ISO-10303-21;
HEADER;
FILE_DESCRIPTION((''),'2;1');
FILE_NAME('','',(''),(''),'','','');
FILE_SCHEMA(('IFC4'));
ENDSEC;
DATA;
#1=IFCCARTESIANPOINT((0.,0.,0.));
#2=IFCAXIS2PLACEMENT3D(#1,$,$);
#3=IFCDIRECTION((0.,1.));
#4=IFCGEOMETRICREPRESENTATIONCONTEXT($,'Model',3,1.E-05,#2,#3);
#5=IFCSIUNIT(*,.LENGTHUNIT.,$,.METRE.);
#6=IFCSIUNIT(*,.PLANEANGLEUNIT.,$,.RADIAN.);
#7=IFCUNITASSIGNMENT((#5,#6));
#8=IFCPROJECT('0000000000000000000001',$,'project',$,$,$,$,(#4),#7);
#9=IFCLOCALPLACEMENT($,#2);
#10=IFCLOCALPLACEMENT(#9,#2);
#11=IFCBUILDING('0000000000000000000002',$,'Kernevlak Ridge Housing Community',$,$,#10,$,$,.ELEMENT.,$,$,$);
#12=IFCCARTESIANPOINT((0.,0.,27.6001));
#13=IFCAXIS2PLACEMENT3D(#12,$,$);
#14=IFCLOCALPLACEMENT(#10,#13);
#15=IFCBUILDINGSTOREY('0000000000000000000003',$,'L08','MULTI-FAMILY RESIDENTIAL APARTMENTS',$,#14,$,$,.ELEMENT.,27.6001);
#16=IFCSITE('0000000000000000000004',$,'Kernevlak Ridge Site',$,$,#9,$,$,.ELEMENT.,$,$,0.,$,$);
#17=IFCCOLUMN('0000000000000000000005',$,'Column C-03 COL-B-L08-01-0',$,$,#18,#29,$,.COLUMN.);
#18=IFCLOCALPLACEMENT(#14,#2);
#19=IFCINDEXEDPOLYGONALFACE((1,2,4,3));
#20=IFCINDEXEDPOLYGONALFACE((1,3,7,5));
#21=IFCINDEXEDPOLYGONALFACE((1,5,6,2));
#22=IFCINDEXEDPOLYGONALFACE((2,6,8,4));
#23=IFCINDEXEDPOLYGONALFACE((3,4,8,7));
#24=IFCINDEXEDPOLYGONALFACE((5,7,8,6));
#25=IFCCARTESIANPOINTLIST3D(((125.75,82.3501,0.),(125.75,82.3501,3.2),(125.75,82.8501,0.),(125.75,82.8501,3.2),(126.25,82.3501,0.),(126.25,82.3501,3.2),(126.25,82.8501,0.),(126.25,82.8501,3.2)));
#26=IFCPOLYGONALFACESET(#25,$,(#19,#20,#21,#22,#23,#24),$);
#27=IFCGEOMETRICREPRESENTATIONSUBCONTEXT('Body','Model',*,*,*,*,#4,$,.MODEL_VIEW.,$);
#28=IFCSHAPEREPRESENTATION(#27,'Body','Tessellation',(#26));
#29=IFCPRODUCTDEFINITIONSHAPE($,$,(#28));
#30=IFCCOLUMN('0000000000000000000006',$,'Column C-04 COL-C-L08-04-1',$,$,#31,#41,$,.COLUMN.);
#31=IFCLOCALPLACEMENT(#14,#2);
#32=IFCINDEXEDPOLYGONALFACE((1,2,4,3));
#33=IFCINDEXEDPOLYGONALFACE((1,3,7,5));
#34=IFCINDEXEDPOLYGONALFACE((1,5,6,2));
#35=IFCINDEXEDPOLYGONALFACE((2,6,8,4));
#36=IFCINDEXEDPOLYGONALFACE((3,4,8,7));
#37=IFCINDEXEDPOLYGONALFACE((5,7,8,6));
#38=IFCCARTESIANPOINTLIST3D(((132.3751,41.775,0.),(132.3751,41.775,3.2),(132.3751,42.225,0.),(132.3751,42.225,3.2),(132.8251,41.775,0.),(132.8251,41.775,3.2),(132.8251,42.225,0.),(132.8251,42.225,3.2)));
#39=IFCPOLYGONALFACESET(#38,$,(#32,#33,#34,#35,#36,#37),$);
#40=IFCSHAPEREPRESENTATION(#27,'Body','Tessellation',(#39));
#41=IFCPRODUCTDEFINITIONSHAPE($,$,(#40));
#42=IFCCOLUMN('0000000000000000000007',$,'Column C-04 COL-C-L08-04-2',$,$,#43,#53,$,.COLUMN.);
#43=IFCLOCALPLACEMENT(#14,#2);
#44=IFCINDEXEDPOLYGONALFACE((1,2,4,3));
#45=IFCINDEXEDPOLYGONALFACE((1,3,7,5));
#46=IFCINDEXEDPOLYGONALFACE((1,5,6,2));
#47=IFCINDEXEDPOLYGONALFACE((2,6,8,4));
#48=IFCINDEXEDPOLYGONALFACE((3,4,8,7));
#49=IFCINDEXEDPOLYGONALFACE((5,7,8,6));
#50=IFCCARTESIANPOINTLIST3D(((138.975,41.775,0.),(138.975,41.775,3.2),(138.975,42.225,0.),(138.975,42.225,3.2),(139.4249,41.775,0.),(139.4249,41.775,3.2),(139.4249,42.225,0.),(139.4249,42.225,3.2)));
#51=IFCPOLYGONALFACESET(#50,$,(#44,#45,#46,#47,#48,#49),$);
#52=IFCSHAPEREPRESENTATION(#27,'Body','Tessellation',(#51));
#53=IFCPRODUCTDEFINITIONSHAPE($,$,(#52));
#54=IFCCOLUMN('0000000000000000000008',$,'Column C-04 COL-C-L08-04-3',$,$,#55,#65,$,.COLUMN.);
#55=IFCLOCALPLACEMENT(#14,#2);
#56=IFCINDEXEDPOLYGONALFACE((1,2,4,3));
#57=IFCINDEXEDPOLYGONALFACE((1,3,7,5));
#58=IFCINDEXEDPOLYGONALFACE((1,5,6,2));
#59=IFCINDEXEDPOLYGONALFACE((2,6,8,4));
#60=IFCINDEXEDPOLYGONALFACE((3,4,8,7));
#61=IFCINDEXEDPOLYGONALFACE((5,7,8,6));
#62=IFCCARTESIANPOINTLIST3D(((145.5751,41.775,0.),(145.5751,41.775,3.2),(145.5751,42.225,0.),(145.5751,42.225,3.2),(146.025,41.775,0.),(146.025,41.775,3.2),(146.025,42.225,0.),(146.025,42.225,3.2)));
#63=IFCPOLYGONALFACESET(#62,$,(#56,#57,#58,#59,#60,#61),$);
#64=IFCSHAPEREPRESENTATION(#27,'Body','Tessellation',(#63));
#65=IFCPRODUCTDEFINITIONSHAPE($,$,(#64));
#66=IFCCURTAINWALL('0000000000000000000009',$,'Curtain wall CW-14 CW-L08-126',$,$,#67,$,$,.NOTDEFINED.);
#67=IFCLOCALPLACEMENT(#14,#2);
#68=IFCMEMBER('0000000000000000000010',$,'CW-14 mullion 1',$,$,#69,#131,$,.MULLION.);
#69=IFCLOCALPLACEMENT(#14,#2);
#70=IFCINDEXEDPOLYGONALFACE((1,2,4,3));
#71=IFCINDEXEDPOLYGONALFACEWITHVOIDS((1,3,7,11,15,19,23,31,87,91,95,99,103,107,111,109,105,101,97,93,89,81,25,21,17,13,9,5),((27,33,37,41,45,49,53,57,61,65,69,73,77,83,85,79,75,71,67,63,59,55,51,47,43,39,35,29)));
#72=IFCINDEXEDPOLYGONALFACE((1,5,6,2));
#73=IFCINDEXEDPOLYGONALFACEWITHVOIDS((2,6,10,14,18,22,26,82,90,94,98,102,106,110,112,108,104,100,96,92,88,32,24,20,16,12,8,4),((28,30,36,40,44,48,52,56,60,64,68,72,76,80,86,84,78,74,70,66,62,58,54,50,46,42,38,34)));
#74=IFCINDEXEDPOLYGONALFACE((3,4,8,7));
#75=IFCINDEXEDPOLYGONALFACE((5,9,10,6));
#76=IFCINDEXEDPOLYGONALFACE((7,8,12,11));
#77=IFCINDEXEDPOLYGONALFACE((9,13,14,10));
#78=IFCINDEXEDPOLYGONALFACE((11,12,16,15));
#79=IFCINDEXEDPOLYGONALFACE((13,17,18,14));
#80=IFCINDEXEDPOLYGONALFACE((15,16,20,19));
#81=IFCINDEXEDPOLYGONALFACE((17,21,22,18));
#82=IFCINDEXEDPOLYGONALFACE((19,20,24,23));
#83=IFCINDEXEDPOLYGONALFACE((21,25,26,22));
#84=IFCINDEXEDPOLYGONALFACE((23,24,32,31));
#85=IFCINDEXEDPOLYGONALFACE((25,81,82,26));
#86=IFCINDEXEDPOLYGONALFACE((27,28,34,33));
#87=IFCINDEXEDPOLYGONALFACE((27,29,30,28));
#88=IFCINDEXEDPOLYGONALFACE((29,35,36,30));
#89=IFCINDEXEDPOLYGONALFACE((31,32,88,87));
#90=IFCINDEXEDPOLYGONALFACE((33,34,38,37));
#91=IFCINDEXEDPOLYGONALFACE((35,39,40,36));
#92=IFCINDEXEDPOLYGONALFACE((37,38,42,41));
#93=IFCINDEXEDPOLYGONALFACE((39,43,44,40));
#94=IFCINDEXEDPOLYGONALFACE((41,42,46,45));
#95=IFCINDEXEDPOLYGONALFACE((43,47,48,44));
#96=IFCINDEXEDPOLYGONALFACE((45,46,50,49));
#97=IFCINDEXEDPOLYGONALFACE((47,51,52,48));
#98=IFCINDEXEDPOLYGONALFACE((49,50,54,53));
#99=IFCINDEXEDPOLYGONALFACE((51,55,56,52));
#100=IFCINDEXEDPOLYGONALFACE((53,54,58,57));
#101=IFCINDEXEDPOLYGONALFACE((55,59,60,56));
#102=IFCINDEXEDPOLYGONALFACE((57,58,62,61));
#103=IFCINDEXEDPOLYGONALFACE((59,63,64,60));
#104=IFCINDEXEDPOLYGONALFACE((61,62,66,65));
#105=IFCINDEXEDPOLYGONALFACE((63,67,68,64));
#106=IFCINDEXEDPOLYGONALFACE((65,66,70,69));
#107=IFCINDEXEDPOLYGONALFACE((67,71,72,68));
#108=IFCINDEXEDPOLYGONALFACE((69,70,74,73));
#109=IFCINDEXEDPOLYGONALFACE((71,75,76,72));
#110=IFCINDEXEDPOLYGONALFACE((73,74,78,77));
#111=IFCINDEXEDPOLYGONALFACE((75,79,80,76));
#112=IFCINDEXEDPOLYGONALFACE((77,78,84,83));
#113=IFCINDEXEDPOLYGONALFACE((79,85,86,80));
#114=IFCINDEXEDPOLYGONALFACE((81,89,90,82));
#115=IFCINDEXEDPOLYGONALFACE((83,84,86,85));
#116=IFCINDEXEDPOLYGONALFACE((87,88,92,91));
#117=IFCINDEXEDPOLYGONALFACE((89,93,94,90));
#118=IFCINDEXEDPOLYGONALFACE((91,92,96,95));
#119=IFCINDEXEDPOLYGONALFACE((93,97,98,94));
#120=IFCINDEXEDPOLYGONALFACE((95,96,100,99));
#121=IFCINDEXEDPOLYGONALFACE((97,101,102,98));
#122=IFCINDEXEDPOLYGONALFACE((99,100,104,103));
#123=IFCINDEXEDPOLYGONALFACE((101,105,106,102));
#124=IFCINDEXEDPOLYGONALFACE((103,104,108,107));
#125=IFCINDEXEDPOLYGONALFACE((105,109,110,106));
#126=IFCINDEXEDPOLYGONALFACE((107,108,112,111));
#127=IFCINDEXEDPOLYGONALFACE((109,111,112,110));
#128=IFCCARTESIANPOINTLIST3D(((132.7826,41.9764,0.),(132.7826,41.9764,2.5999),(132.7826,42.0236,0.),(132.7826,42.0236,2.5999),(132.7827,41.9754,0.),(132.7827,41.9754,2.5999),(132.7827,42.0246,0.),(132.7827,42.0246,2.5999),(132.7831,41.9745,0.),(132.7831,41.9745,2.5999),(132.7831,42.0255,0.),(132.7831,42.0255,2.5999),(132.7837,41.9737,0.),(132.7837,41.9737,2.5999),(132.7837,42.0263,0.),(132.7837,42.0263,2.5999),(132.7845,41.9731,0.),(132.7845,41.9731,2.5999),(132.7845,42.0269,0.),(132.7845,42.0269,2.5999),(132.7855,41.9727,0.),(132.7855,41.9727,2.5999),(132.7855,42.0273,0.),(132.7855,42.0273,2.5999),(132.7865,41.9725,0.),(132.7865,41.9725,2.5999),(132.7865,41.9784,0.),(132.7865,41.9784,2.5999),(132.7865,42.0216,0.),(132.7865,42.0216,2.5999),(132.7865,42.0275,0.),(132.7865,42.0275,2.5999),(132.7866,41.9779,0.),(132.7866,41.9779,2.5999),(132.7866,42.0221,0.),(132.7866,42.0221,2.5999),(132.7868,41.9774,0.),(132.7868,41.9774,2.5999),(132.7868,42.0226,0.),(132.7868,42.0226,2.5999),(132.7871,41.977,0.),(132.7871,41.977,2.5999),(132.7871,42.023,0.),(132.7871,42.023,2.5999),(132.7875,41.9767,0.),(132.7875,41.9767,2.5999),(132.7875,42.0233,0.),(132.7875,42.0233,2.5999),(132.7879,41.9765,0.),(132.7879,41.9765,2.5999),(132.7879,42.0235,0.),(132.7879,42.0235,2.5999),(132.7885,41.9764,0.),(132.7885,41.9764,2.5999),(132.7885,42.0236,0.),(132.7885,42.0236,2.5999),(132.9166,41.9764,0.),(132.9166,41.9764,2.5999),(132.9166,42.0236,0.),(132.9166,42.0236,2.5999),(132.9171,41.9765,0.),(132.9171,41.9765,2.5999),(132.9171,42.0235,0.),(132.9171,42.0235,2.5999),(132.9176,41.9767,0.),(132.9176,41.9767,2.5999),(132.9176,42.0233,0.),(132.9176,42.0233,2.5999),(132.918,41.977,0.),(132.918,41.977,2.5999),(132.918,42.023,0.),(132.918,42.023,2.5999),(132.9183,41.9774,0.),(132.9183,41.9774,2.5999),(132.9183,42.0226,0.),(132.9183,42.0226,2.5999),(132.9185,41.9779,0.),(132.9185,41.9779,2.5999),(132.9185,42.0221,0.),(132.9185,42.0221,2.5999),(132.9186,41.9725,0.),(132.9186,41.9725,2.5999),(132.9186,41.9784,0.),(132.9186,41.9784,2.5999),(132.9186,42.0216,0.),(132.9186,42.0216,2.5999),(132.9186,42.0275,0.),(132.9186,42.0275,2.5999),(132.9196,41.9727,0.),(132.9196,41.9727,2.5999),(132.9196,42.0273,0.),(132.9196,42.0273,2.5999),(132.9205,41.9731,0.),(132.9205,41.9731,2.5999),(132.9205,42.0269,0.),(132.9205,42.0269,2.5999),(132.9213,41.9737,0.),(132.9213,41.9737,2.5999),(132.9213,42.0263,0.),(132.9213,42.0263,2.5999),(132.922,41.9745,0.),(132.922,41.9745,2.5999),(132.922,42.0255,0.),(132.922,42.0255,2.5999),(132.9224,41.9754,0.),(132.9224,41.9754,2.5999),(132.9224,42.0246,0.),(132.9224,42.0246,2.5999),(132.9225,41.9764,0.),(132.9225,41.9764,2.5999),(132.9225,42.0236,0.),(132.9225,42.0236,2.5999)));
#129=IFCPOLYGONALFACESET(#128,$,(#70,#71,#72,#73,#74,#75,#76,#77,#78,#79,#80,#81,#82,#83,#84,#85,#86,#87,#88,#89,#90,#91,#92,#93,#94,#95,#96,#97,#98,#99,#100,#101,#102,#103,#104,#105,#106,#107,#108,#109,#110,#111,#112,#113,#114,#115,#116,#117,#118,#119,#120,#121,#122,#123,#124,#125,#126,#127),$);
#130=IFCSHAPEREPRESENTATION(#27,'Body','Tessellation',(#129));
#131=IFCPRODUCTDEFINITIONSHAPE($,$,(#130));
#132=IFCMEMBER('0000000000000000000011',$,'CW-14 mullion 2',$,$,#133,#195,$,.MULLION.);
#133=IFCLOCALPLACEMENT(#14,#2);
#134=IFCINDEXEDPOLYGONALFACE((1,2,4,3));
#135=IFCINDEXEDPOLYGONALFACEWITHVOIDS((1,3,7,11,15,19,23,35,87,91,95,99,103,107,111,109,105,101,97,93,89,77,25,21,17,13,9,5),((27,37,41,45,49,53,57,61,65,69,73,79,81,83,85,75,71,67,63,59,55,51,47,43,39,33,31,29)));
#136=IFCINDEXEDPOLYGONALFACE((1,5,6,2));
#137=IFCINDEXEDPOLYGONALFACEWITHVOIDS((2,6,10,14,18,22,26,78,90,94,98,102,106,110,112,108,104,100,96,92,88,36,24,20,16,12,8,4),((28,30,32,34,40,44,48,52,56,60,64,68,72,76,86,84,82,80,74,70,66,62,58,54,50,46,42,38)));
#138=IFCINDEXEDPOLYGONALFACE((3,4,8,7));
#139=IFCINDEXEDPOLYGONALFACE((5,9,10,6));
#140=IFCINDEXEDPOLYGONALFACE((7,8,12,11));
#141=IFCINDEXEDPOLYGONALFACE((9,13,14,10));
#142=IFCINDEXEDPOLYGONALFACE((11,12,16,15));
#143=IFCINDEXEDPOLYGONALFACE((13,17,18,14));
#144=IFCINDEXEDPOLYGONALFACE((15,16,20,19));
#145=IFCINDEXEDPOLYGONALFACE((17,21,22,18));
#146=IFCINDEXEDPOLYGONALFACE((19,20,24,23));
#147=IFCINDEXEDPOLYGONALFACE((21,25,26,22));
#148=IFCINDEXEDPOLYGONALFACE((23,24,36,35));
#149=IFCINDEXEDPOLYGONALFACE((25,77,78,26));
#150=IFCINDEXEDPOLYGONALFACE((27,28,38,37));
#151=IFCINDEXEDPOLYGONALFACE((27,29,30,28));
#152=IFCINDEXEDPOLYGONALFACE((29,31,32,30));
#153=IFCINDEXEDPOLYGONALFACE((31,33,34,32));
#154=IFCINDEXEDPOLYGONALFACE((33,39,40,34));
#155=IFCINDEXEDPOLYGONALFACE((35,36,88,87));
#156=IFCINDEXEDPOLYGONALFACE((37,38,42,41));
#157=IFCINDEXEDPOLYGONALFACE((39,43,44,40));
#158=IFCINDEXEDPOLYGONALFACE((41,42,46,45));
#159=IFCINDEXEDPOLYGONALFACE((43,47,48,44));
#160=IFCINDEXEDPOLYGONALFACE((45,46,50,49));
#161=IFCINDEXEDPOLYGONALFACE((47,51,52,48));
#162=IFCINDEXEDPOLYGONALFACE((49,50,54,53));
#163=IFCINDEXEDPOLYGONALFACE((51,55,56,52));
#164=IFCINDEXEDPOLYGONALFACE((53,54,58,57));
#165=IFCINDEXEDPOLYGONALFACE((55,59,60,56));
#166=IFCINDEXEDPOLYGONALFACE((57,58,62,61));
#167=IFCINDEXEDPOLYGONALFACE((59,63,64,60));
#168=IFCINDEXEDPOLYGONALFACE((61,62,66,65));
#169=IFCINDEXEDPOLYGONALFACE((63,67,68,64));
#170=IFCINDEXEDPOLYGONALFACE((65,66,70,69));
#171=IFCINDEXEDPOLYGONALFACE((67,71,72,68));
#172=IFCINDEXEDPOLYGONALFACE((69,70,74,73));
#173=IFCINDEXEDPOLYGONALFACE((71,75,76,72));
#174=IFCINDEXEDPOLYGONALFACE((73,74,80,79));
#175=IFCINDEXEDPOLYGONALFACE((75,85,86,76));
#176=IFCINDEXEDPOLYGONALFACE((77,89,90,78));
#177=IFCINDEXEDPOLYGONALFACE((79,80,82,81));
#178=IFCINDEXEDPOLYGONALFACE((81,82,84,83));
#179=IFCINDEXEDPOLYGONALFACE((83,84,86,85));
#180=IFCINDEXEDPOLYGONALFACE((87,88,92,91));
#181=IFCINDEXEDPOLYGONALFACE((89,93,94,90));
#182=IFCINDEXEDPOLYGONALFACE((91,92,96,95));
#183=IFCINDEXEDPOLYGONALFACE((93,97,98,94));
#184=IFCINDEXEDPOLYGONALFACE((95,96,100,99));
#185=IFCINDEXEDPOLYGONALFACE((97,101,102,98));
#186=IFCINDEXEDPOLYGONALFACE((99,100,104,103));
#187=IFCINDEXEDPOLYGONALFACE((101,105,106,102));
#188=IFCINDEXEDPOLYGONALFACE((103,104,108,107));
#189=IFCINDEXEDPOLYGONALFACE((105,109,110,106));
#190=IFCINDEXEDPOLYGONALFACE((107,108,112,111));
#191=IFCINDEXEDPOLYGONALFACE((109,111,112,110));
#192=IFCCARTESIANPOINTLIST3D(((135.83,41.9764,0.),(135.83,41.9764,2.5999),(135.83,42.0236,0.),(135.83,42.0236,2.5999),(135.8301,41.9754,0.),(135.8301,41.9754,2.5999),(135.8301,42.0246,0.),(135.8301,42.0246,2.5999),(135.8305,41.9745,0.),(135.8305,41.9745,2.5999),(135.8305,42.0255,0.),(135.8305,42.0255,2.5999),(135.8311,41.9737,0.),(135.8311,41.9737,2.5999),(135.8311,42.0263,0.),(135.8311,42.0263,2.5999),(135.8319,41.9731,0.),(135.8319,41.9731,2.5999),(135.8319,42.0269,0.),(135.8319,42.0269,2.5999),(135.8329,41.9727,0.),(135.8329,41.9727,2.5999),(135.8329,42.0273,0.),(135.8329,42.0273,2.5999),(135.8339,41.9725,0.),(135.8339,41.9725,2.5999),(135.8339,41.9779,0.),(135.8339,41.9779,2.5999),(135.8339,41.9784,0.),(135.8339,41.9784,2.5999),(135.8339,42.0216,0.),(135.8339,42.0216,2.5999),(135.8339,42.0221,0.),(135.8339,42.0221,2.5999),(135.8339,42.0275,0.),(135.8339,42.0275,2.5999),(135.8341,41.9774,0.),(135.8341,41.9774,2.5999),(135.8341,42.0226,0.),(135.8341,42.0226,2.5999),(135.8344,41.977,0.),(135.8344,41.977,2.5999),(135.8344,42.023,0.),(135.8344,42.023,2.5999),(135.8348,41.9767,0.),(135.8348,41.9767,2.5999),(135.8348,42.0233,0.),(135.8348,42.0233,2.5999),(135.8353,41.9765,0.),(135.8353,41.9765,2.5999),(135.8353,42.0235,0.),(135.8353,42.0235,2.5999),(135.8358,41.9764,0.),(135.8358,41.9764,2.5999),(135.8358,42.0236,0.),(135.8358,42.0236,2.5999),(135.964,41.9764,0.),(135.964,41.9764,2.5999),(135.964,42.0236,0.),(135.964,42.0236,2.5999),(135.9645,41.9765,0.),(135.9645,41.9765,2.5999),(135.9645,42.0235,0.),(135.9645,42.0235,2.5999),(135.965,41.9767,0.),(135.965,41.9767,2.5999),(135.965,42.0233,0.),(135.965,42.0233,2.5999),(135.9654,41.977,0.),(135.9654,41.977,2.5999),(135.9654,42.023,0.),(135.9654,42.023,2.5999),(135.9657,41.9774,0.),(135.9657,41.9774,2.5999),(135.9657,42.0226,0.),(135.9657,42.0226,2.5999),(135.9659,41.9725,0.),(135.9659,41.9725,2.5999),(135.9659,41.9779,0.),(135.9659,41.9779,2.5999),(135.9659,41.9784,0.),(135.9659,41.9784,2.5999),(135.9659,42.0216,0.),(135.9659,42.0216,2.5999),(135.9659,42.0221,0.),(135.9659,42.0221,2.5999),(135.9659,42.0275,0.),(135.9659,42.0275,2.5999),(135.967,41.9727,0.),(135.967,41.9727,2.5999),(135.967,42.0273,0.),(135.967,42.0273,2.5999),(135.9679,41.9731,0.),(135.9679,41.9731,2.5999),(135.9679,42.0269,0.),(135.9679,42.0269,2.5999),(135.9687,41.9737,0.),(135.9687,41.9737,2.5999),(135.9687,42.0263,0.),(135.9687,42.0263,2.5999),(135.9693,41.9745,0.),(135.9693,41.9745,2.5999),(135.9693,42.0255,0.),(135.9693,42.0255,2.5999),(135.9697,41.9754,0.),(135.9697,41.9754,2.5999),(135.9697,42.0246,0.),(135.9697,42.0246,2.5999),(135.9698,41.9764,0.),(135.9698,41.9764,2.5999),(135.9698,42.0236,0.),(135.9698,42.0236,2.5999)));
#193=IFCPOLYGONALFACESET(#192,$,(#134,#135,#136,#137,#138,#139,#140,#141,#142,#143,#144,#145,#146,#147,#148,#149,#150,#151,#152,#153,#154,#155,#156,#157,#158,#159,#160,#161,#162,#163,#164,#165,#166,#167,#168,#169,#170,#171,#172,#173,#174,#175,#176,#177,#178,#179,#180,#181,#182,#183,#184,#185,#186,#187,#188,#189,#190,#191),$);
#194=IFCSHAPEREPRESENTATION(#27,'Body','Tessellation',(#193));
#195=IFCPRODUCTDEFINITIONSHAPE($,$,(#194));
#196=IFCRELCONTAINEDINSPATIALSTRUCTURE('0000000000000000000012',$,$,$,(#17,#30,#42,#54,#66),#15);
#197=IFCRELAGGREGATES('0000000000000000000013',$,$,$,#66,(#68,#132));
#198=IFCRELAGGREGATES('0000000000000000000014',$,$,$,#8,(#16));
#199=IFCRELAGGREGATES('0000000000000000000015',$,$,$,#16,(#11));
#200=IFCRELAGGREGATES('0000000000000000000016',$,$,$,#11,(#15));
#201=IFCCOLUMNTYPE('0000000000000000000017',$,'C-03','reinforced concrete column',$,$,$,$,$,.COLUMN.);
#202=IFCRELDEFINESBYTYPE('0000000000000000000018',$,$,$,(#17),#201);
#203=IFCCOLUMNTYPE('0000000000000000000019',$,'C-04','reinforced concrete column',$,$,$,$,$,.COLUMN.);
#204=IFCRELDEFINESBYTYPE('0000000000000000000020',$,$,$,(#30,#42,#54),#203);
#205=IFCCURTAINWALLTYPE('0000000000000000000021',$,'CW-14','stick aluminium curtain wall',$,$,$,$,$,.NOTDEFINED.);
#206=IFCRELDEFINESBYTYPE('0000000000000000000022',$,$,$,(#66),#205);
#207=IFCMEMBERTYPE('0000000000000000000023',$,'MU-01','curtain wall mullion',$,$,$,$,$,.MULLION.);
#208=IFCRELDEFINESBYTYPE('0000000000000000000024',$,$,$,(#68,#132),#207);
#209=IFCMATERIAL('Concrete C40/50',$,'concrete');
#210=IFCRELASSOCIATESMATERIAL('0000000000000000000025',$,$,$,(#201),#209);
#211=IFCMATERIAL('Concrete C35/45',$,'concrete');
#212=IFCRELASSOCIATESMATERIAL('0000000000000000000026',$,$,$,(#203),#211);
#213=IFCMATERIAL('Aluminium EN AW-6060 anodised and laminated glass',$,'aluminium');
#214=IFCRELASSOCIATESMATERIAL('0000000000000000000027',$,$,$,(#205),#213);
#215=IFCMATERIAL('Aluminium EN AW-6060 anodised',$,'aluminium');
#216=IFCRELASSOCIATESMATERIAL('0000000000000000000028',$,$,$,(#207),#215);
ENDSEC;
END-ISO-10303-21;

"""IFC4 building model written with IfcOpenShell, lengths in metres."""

from ifc_helpers import new_model, si_unit, direction, frame, origin, origin_2d, place, context, subcontext, project, spatial, rectangle, hollow_rectangle, extrude, material, material_profile, profile_set, type_object, element, aggregate, save


model = new_model("IFC4")

# Units and contexts
model_context = context("Model", 3, precision=1e-05, world=origin(), true_north=direction((0.0, 1.0)))
body_context = subcontext(model_context, "Body", "Model", "MODEL_VIEW")
ifc_project = project(units=[si_unit("LENGTHUNIT", "METRE"), si_unit("PLANEANGLEUNIT", "RADIAN")], contexts=[model_context])

# Site, building, storey
site_placement = place(None, origin())
site = spatial("IfcSite", under=ifc_project, at=site_placement, Name="Kernevlak Ridge Site", CompositionType="ELEMENT", RefElevation=0.0)
building_placement = place(site_placement, origin())
building = spatial("IfcBuilding", under=site, at=building_placement, Name="Kernevlak Ridge Housing Community", CompositionType="ELEMENT")
storey_placement = place(building_placement, frame((0.0, 0.0, 27.6001)))
storey = spatial("IfcBuildingStorey", under=building, at=storey_placement, Name="L08", Description="MULTI-FAMILY RESIDENTIAL APARTMENTS", CompositionType="ELEMENT", Elevation=27.6001)

# Columns
ifc_material_1 = material(Name="Concrete C40/50", Category="concrete")
ifc_material_profile_1 = material_profile(ifc_material_1, rectangle(XDim=0.5, YDim=0.5, at=origin_2d()), Name="RC 500x500")
ifc_profile_set_1 = profile_set([ifc_material_profile_1], Name="Concrete C40/50")
column_type_1 = type_object("IfcColumnType", Name="C-03", Description="reinforced concrete column", PredefinedType="COLUMN", material=ifc_profile_set_1)
column_placement = place(storey_placement, frame((126.0, 82.6001, 0.0), z_axis=(0.0, 0.0, 1.0), x_axis=(1.0, 0.0, 0.0)))
element("IfcColumn", 1, at=column_placement, inside=storey, type_object=column_type_1, Name="Column C-03 COL-B-L08-01-0", PredefinedType="COLUMN", context=body_context, shape_type="SweptSolid", body=[
    extrude(rectangle(XDim=0.5, YDim=0.5, at=origin_2d()), origin(), (0.0, 0.0, 1.0), 3.2),
])
ifc_material_2 = material(Name="Concrete C35/45", Category="concrete")
ifc_material_profile_2 = material_profile(ifc_material_2, rectangle(XDim=0.45, YDim=0.45, at=origin_2d()), Name="RC 450x450")
ifc_profile_set_2 = profile_set([ifc_material_profile_2], Name="Concrete C35/45")
column_type_2 = type_object("IfcColumnType", Name="C-04", Description="reinforced concrete column", PredefinedType="COLUMN", material=ifc_profile_set_2)
for number, where, z_axis, x_axis, name in (
    (2, (132.6001, 42.0, 0.0), (0.0, 0.0, 1.0), (1.0, 0.0, 0.0), "Column C-04 COL-C-L08-04-1"),
    (3, (139.2, 42.0, 0.0), (0.0, 0.0, 1.0), (1.0, 0.0, 0.0), "Column C-04 COL-C-L08-04-2"),
    (4, (145.8, 42.0, 0.0), (0.0, 0.0, 1.0), (1.0, 0.0, 0.0), "Column C-04 COL-C-L08-04-3"),
):
    element("IfcColumn", number, at=place(storey_placement, frame(where, z_axis=z_axis, x_axis=x_axis)), inside=storey, type_object=column_type_2, Name=name, PredefinedType="COLUMN", context=body_context, shape_type="SweptSolid", body=[
        extrude(rectangle(XDim=0.45, YDim=0.45, at=origin_2d()), origin(), (0.0, 0.0, 1.0), 3.2),
    ])

# Curtain wall, members
ifc_material_3 = material(Name="Aluminium EN AW-6060 anodised and laminated glass", Category="aluminium")
curtain_wall_type = type_object("IfcCurtainWallType", Name="CW-14", Description="stick aluminium curtain wall", PredefinedType="NOTDEFINED", material=ifc_material_3)
curtain_wall_placement = place(storey_placement, origin())
curtain_wall = element("IfcCurtainWall", 5, at=curtain_wall_placement, inside=storey, type_object=curtain_wall_type, Name="Curtain wall CW-14 CW-L08-126", PredefinedType="NOTDEFINED")
ifc_material_4 = material(Name="Aluminium EN AW-6060 anodised", Category="aluminium")
ifc_material_profile_3 = material_profile(ifc_material_4, hollow_rectangle(XDim=0.0549, YDim=0.1399, WallThickness=0.0039, InnerFilletRadius=0.002, OuterFilletRadius=0.0039, at=origin_2d()), Name="ALU 55x140x4")
ifc_profile_set_3 = profile_set([ifc_material_profile_3], Name="Aluminium EN AW-6060 anodised")
member_type_1 = type_object("IfcMemberType", Name="MU-01", Description="curtain wall mullion", PredefinedType="MULLION", material=ifc_profile_set_3)
member_1_placement = place(storey_placement, frame((132.8525, 42.0, 0.0), z_axis=(0.0, 0.0, 1.0), x_axis=(0.0, 1.0, 0.0)))
member_1 = element("IfcMember", 6, at=member_1_placement, type_object=member_type_1, Name="CW-14 mullion 1", PredefinedType="MULLION", context=body_context, shape_type="SweptSolid", body=[
    extrude(hollow_rectangle(XDim=0.0549, YDim=0.1399, WallThickness=0.0039, InnerFilletRadius=0.002, OuterFilletRadius=0.0039, at=origin_2d()), origin(), (0.0, 0.0, 1.0), 2.5999),
])
member_2_placement = place(storey_placement, frame((135.8999, 42.0, 0.0), z_axis=(0.0, 0.0, 1.0), x_axis=(0.0, 1.0, 0.0)))
member_2 = element("IfcMember", 7, at=member_2_placement, type_object=member_type_1, Name="CW-14 mullion 2", PredefinedType="MULLION", context=body_context, shape_type="SweptSolid", body=[
    extrude(hollow_rectangle(XDim=0.0549, YDim=0.1399, WallThickness=0.0039, InnerFilletRadius=0.002, OuterFilletRadius=0.0039, at=origin_2d()), origin(), (0.0, 0.0, 1.0), 2.5999),
])

aggregate(curtain_wall, [member_1, member_2])

save(model, "model.ifc")
